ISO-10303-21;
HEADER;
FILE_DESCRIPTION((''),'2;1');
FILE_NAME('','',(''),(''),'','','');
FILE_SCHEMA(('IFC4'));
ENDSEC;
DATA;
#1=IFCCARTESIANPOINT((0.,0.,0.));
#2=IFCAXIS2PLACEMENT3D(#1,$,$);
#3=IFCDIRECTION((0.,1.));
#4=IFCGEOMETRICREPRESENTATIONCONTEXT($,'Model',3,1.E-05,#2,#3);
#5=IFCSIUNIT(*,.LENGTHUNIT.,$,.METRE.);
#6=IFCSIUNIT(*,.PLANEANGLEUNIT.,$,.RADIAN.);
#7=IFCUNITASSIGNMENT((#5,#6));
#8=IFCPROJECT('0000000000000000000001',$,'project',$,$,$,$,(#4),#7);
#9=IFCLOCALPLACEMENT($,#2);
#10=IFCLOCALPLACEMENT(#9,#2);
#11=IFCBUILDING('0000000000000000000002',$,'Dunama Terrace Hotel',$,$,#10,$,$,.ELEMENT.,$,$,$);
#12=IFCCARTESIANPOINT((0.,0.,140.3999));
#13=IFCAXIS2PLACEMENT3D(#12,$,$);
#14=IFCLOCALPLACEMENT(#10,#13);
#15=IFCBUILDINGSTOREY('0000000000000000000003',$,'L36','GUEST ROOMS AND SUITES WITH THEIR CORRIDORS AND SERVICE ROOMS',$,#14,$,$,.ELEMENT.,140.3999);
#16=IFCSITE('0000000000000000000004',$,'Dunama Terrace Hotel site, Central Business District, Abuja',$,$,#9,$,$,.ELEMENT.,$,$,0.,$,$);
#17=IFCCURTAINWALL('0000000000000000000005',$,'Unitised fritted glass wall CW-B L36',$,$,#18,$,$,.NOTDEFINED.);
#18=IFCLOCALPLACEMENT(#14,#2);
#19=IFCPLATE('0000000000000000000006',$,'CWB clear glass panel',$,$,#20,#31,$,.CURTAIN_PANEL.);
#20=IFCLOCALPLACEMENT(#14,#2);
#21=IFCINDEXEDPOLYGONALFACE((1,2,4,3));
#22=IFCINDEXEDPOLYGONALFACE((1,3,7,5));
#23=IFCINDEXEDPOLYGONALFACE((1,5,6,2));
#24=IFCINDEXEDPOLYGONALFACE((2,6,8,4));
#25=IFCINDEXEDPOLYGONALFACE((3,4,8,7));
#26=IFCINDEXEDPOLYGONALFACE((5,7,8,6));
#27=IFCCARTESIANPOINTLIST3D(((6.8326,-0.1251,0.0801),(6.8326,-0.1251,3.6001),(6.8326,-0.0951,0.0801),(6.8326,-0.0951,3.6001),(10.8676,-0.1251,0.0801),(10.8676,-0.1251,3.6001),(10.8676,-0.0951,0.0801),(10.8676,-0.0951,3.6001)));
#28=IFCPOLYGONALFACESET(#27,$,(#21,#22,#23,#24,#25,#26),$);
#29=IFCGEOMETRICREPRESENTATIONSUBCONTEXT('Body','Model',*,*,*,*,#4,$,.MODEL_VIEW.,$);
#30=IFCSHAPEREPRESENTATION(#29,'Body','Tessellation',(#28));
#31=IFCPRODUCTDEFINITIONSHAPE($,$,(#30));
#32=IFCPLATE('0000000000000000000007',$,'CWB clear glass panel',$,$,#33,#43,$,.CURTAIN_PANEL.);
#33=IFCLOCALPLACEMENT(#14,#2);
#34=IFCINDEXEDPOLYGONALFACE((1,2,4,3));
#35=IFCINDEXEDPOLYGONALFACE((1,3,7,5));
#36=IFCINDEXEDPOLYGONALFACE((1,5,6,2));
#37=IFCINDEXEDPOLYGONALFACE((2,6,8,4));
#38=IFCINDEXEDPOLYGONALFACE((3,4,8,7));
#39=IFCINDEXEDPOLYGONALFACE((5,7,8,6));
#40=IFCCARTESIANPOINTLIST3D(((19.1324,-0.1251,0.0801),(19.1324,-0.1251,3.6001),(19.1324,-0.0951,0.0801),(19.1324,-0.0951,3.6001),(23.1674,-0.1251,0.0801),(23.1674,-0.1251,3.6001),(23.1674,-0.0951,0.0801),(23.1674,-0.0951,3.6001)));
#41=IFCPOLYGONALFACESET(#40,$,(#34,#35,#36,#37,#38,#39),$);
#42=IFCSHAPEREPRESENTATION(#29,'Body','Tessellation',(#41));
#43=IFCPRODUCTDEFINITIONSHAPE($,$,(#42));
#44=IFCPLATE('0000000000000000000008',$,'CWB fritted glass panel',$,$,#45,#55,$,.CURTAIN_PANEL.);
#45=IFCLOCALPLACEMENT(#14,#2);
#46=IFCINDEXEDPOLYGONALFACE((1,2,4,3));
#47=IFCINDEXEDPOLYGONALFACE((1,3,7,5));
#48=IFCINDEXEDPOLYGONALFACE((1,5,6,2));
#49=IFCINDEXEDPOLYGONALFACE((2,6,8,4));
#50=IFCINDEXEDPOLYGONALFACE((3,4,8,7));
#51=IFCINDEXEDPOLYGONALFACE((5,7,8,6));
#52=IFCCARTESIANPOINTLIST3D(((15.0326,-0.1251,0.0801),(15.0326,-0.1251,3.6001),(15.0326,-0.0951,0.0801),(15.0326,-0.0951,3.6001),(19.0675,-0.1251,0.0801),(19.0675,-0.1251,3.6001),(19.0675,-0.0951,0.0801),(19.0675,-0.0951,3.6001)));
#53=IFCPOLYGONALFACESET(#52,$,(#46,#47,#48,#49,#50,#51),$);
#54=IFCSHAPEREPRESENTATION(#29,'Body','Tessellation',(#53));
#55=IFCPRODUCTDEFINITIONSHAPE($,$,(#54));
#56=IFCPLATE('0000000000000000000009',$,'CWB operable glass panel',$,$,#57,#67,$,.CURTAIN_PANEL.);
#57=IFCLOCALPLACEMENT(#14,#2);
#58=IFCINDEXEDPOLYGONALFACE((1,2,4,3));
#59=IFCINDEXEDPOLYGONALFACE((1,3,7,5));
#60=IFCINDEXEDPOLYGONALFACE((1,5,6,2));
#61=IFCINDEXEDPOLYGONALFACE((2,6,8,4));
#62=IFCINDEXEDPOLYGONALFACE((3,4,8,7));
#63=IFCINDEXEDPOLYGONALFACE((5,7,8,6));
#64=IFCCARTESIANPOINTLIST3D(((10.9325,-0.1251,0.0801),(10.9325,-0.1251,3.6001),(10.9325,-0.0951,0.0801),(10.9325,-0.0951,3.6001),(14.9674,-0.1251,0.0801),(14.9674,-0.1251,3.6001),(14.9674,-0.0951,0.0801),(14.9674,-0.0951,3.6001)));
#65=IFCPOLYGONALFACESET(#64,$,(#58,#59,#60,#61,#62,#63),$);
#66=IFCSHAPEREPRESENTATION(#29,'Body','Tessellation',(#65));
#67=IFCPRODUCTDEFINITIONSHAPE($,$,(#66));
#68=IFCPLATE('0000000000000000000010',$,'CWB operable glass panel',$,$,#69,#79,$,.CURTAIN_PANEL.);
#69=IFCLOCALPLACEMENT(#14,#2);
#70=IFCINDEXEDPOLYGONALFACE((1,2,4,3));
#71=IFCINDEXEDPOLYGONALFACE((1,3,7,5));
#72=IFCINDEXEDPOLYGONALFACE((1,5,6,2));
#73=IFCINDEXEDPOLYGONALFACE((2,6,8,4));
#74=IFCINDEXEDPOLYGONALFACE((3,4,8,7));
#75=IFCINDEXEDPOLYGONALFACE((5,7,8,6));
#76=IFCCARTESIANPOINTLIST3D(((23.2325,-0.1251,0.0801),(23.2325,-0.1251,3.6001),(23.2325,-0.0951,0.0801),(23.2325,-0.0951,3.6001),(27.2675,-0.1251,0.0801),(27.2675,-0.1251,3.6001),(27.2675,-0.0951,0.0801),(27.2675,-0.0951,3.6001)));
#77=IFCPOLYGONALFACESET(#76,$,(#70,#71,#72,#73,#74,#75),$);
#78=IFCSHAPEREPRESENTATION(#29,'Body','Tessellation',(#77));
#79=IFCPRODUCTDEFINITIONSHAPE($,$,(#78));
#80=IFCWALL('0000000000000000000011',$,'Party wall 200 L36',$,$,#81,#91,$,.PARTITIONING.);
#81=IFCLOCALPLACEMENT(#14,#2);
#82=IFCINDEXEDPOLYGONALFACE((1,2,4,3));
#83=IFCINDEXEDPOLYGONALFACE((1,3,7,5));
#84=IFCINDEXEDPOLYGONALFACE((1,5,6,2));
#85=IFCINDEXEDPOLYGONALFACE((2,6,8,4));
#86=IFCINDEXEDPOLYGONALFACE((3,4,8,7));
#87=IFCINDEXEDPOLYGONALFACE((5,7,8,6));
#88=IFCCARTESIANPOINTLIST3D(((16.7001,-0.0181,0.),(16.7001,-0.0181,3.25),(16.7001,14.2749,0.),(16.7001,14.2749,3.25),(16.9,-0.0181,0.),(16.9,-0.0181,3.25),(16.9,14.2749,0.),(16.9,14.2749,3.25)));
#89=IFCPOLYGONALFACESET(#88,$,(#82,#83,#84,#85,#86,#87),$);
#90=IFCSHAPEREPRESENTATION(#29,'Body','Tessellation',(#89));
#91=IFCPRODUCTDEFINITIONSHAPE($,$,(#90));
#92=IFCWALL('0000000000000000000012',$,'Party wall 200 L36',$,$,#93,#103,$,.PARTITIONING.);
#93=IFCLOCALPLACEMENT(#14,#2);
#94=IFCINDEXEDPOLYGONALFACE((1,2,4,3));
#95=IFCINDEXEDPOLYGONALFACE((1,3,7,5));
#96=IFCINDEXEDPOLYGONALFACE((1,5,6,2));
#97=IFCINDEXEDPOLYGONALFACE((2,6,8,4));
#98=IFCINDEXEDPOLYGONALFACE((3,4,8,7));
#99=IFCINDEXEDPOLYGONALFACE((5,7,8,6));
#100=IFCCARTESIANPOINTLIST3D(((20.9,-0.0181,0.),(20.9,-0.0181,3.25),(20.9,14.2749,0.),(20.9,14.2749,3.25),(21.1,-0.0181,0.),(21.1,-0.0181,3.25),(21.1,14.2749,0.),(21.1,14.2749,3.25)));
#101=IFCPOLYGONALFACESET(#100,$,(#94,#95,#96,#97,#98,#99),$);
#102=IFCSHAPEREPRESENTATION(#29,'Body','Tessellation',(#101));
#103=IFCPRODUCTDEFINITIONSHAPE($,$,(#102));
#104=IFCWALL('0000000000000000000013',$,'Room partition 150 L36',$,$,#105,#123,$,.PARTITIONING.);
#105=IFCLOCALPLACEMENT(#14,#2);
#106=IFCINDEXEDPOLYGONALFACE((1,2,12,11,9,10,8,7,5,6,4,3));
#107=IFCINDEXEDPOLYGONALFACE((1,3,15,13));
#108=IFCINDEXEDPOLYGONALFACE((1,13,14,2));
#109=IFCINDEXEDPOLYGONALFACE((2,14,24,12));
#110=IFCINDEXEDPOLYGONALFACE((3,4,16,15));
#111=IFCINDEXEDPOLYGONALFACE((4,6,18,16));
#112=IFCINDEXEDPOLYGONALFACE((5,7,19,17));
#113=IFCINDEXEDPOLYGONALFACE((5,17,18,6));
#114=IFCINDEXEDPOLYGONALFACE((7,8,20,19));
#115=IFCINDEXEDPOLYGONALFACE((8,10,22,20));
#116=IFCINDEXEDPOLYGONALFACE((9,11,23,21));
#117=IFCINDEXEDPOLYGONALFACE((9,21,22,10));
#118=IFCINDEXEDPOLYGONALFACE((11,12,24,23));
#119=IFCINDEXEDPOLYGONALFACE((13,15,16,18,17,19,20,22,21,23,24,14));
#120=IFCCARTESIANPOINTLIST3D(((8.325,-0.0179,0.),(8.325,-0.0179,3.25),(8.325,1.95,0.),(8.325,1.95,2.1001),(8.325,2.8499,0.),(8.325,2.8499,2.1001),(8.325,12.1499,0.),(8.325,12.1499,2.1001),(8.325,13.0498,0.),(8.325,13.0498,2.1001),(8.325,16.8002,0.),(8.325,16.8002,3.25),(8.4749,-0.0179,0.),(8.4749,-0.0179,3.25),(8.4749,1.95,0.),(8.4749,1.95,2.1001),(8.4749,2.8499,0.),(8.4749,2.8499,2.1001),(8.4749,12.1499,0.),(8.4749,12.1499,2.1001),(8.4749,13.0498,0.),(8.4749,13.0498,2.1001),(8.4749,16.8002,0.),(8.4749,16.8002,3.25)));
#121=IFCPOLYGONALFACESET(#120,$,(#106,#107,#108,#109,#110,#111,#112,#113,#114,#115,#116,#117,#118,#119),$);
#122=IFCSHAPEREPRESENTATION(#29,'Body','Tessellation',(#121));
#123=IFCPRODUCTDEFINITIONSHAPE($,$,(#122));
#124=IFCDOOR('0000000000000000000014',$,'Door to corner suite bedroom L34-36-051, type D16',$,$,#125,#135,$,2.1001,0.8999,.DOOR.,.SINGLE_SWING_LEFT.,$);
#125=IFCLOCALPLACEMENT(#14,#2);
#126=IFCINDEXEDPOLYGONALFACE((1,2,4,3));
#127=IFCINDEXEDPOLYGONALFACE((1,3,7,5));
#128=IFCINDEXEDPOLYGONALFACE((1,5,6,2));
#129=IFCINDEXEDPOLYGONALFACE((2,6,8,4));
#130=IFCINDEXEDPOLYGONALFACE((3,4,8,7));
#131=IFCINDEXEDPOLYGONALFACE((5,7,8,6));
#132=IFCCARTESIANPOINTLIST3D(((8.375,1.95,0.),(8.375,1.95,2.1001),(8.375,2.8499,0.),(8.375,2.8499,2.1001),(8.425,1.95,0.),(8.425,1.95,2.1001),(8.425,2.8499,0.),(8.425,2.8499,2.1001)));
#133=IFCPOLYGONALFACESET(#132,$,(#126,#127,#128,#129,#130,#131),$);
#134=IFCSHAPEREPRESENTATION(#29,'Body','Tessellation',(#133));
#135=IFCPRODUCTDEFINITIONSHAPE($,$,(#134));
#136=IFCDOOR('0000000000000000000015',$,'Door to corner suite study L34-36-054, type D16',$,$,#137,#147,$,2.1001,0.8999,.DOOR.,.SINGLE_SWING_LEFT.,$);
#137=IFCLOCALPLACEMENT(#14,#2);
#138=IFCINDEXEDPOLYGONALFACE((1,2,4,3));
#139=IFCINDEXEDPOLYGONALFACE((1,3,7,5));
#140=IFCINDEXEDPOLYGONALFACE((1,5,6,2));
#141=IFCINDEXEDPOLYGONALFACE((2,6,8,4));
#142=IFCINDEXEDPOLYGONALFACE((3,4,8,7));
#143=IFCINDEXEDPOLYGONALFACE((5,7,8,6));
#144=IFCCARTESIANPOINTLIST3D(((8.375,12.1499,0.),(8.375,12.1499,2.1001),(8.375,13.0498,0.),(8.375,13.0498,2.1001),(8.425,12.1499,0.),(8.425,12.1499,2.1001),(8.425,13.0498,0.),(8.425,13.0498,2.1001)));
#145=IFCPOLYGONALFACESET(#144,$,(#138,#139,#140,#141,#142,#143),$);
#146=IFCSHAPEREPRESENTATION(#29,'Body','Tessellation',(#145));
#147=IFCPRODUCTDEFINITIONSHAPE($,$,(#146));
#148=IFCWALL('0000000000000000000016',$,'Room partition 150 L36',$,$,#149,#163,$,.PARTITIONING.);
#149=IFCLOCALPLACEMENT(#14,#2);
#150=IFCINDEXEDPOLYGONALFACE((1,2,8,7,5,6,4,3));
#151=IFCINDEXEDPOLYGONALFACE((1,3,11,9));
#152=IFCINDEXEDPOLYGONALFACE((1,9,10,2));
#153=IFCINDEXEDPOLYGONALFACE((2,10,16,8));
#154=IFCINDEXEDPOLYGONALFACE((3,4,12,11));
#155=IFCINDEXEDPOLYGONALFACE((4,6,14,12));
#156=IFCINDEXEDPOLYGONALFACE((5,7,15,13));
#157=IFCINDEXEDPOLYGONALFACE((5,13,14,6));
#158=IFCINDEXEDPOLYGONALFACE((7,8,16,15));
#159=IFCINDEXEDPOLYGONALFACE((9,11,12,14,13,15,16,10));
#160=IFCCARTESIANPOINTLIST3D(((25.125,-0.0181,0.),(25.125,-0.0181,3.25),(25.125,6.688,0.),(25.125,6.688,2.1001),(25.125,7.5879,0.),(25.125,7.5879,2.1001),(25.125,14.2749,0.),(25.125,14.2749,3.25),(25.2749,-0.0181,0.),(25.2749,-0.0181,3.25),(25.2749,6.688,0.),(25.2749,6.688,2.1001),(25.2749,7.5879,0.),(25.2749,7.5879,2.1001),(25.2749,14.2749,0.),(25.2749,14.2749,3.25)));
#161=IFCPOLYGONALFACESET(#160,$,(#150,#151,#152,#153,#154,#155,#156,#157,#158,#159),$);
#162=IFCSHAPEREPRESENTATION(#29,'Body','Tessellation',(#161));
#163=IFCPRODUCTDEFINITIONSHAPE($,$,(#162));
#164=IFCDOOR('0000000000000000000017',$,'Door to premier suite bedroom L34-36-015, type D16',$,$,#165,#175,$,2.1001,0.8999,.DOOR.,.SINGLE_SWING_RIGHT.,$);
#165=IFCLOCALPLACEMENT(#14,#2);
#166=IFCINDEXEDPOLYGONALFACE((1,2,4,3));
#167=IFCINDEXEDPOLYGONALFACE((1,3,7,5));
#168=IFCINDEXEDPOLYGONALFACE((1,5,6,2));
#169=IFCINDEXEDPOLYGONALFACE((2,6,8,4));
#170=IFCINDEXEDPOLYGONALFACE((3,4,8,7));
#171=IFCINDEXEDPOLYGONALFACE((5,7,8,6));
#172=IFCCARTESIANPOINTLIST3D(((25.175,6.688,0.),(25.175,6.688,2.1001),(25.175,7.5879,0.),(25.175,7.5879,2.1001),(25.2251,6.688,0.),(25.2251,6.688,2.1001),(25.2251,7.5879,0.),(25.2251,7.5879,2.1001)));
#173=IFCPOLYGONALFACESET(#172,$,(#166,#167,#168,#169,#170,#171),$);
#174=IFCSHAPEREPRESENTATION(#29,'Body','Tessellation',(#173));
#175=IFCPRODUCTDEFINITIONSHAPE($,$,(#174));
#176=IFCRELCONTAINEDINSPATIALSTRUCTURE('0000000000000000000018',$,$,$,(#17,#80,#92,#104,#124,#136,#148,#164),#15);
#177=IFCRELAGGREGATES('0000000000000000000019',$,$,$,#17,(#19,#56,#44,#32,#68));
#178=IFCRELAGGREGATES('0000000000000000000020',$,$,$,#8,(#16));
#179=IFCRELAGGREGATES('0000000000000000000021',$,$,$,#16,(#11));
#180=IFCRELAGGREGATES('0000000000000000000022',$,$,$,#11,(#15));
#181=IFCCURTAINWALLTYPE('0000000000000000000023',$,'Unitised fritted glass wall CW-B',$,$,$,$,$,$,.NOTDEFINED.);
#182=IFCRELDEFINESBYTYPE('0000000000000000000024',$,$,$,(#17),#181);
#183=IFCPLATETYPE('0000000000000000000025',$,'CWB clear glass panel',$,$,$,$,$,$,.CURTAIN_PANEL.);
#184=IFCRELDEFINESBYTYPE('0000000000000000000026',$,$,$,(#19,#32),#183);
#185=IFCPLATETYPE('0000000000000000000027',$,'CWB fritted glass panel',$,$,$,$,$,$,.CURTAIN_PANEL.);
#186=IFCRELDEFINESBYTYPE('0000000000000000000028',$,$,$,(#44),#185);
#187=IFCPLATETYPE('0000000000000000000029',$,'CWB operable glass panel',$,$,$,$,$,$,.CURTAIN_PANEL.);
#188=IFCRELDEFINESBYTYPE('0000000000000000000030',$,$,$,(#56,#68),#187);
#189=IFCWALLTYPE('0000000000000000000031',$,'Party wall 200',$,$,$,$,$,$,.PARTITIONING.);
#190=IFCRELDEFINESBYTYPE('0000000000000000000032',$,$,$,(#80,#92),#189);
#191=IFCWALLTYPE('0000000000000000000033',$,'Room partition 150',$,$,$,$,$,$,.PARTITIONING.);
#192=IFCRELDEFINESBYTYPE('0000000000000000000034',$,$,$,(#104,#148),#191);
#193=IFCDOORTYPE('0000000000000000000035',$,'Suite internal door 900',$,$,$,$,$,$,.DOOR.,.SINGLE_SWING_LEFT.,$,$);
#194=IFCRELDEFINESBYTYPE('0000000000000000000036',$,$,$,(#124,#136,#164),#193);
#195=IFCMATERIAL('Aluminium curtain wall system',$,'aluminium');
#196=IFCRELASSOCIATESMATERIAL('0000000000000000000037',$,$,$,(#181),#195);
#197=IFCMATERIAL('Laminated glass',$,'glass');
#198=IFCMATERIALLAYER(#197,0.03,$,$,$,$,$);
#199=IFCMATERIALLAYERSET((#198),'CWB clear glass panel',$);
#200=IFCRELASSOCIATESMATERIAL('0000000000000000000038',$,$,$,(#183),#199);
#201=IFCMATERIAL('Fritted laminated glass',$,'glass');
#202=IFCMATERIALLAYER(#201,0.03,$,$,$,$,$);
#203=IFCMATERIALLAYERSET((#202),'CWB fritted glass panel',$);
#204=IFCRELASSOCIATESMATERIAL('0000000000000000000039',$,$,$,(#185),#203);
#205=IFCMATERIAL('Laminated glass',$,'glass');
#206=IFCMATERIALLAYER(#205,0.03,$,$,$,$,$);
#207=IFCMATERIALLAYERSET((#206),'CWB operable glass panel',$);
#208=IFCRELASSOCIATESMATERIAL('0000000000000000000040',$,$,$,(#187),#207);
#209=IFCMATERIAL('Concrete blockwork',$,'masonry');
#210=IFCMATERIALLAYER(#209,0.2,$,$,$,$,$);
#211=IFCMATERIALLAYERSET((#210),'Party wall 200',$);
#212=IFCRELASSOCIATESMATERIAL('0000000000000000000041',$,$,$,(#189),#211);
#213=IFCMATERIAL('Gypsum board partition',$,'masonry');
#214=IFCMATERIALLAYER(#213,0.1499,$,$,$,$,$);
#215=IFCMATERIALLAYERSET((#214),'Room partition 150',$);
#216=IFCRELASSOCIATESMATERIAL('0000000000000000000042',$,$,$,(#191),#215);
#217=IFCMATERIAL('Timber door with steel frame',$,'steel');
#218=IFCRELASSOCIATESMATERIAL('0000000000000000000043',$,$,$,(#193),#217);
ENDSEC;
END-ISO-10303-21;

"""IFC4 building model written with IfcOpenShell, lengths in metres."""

from ifc_helpers import new_model, si_unit, direction, frame, frame_2d, origin, origin_2d, place, context, subcontext, project, spatial, rectangle, extrude, material, layer, layer_set, type_object, element, fill, aggregate, save


model = new_model("IFC4")

# Units and contexts
model_context = context("Model", 3, precision=1e-05, world=origin(), true_north=direction((0.0, 1.0)))
body_context = subcontext(model_context, "Body", "Model", "MODEL_VIEW")
ifc_project = project(units=[si_unit("LENGTHUNIT", "METRE"), si_unit("PLANEANGLEUNIT", "RADIAN")], contexts=[model_context])

# Site, building, storey
site_placement = place(None, origin())
site = spatial("IfcSite", under=ifc_project, at=site_placement, Name="Dunama Terrace Hotel site, Central Business District, Abuja", CompositionType="ELEMENT", RefElevation=0.0)
building_placement = place(site_placement, origin())
building = spatial("IfcBuilding", under=site, at=building_placement, Name="Dunama Terrace Hotel", CompositionType="ELEMENT")
storey_placement = place(building_placement, frame((0.0, 0.0, 140.3999)))
storey = spatial("IfcBuildingStorey", under=building, at=storey_placement, Name="L36", Description="GUEST ROOMS AND SUITES WITH THEIR CORRIDORS AND SERVICE ROOMS", CompositionType="ELEMENT", Elevation=140.3999)

# Curtain wall
ifc_material_1 = material(Name="Aluminium curtain wall system", Category="aluminium")
curtain_wall_type = type_object("IfcCurtainWallType", Name="Unitised fritted glass wall CW-B", PredefinedType="NOTDEFINED", material=ifc_material_1)
curtain_wall_placement = place(storey_placement, origin())
curtain_wall = element("IfcCurtainWall", 1, at=curtain_wall_placement, inside=storey, type_object=curtain_wall_type, Name="Unitised fritted glass wall CW-B L36", PredefinedType="NOTDEFINED")

# Plates
ifc_material_2 = material(Name="Laminated glass", Category="glass")
ifc_layer_1 = layer(ifc_material_2, 0.03)
ifc_layer_set_1 = layer_set([ifc_layer_1], Name="CWB clear glass panel")
plate_type_1 = type_object("IfcPlateType", Name="CWB clear glass panel", PredefinedType="CURTAIN_PANEL", material=ifc_layer_set_1)
plate_1_placement = place(storey_placement, frame((8.8501, -0.1101, 0.0801), z_axis=(0.0, 0.0, 1.0), x_axis=(1.0, 0.0, 0.0)))
plate_1 = element("IfcPlate", 2, at=plate_1_placement, type_object=plate_type_1, Name="CWB clear glass panel", PredefinedType="CURTAIN_PANEL", context=body_context, shape_type="SweptSolid", body=[
    extrude(rectangle(XDim=4.0349, YDim=0.03, at=origin_2d()), origin(), (0.0, 0.0, 1.0), 3.52),
])
plate_2_placement = place(storey_placement, frame((21.1499, -0.1101, 0.0801), z_axis=(0.0, 0.0, 1.0), x_axis=(1.0, 0.0, 0.0)))
plate_2 = element("IfcPlate", 3, at=plate_2_placement, type_object=plate_type_1, Name="CWB clear glass panel", PredefinedType="CURTAIN_PANEL", context=body_context, shape_type="SweptSolid", body=[
    extrude(rectangle(XDim=4.0349, YDim=0.03, at=origin_2d()), origin(), (0.0, 0.0, 1.0), 3.52),
])
ifc_material_3 = material(Name="Fritted laminated glass", Category="glass")
ifc_layer_2 = layer(ifc_material_3, 0.03)
ifc_layer_set_2 = layer_set([ifc_layer_2], Name="CWB fritted glass panel")
plate_type_2 = type_object("IfcPlateType", Name="CWB fritted glass panel", PredefinedType="CURTAIN_PANEL", material=ifc_layer_set_2)
plate_3_placement = place(storey_placement, frame((17.05, -0.1101, 0.0801), z_axis=(0.0, 0.0, 1.0), x_axis=(1.0, 0.0, 0.0)))
plate_3 = element("IfcPlate", 4, at=plate_3_placement, type_object=plate_type_2, Name="CWB fritted glass panel", PredefinedType="CURTAIN_PANEL", context=body_context, shape_type="SweptSolid", body=[
    extrude(rectangle(XDim=4.0349, YDim=0.03, at=origin_2d()), origin(), (0.0, 0.0, 1.0), 3.52),
])
ifc_material_4 = material(Name="Laminated glass", Category="glass")
ifc_layer_3 = layer(ifc_material_4, 0.03)
ifc_layer_set_3 = layer_set([ifc_layer_3], Name="CWB operable glass panel")
plate_type_3 = type_object("IfcPlateType", Name="CWB operable glass panel", PredefinedType="CURTAIN_PANEL", material=ifc_layer_set_3)
plate_4_placement = place(storey_placement, frame((12.95, -0.1101, 0.0801), z_axis=(0.0, 0.0, 1.0), x_axis=(1.0, 0.0, 0.0)))
plate_4 = element("IfcPlate", 5, at=plate_4_placement, type_object=plate_type_3, Name="CWB operable glass panel", PredefinedType="CURTAIN_PANEL", context=body_context, shape_type="SweptSolid", body=[
    extrude(rectangle(XDim=4.0349, YDim=0.03, at=origin_2d()), origin(), (0.0, 0.0, 1.0), 3.52),
])
plate_5_placement = place(storey_placement, frame((25.25, -0.1101, 0.0801), z_axis=(0.0, 0.0, 1.0), x_axis=(1.0, 0.0, 0.0)))
plate_5 = element("IfcPlate", 6, at=plate_5_placement, type_object=plate_type_3, Name="CWB operable glass panel", PredefinedType="CURTAIN_PANEL", context=body_context, shape_type="SweptSolid", body=[
    extrude(rectangle(XDim=4.0349, YDim=0.03, at=origin_2d()), origin(), (0.0, 0.0, 1.0), 3.52),
])
aggregate(curtain_wall, [plate_1, plate_4, plate_3, plate_2, plate_5])

# Walls
ifc_material_5 = material(Name="Concrete blockwork", Category="masonry")
ifc_layer_4 = layer(ifc_material_5, 0.2)
ifc_layer_set_4 = layer_set([ifc_layer_4], Name="Party wall 200")
wall_type_1 = type_object("IfcWallType", Name="Party wall 200", PredefinedType="PARTITIONING", material=ifc_layer_set_4)
for number, where, z_axis, x_axis, name in (
    (7, (16.8, -0.0181, 0.0), (0.0, 0.0, 1.0), (0.0, 1.0, 0.0), "Party wall 200 L36"),
    (8, (21.0, -0.0181, 0.0), (0.0, 0.0, 1.0), (0.0, 1.0, 0.0), "Party wall 200 L36"),
):
    element("IfcWall", number, at=place(storey_placement, frame(where, z_axis=z_axis, x_axis=x_axis)), inside=storey, type_object=wall_type_1, Name=name, PredefinedType="PARTITIONING", context=body_context, shape_type="SweptSolid", body=[
        extrude(rectangle(XDim=14.293, YDim=0.2, at=frame_2d((7.1465, 0.0))), origin(), (0.0, 0.0, 1.0), 3.25),
    ])

# Wall, openings, doors
ifc_material_6 = material(Name="Gypsum board partition", Category="masonry")
ifc_layer_5 = layer(ifc_material_6, 0.1499)
ifc_layer_set_5 = layer_set([ifc_layer_5], Name="Room partition 150")
wall_type_2 = type_object("IfcWallType", Name="Room partition 150", PredefinedType="PARTITIONING", material=ifc_layer_set_5)
wall_1_placement = place(storey_placement, frame((8.3999, -0.0181, 0.0), z_axis=(0.0, 0.0, 1.0), x_axis=(0.0, 1.0, 0.0)))
wall_1 = element("IfcWall", 9, at=wall_1_placement, inside=storey, type_object=wall_type_2, Name="Room partition 150 L36", PredefinedType="PARTITIONING", context=body_context, shape_type="SweptSolid", body=[
    extrude(rectangle(XDim=16.8181, YDim=0.1499, at=frame_2d((8.4092, 0.0))), origin(), (0.0, 0.0, 1.0), 3.25),
])
opening_1_placement = place(wall_1_placement, frame((1.968, 0.0, 0.0)))
opening_1 = element("IfcOpeningElement", 10, at=opening_1_placement, cuts=wall_1, PredefinedType="OPENING", context=body_context, shape_type="SweptSolid", body=[
    extrude(rectangle(XDim=0.8999, YDim=2.1001, at=frame_2d((0.45, 1.05))), frame((0.0, 0.085, 0.0), z_axis=(0.0, -1.0, 0.0), x_axis=(1.0, 0.0, 0.0)), (0.0, 0.0, 1.0), 0.1699),
])
opening_2_placement = place(wall_1_placement, frame((12.168, 0.0, 0.0)))
opening_2 = element("IfcOpeningElement", 11, at=opening_2_placement, cuts=wall_1, PredefinedType="OPENING", context=body_context, shape_type="SweptSolid", body=[
    extrude(rectangle(XDim=0.8999, YDim=2.1001, at=frame_2d((0.45, 1.05))), frame((0.0, 0.085, 0.0), z_axis=(0.0, -1.0, 0.0), x_axis=(1.0, 0.0, 0.0)), (0.0, 0.0, 1.0), 0.1699),
])
ifc_material_7 = material(Name="Timber door with steel frame", Category="steel")
door_type = type_object("IfcDoorType", Name="Suite internal door 900", OperationType="SINGLE_SWING_LEFT", PredefinedType="DOOR", material=ifc_material_7)
door_1_placement = place(opening_1_placement, origin())
door_1 = element("IfcDoor", 12, at=door_1_placement, inside=storey, type_object=door_type, Name="Door to corner suite bedroom L34-36-051, type D16", OperationType="SINGLE_SWING_LEFT", OverallHeight=2.1001, OverallWidth=0.8999, PredefinedType="DOOR", context=body_context, shape_type="SweptSolid", body=[
    extrude(rectangle(XDim=0.8999, YDim=2.1001, at=frame_2d((0.45, 1.05))), frame((0.0, 0.0249, 0.0), z_axis=(0.0, -1.0, 0.0), x_axis=(1.0, 0.0, 0.0)), (0.0, 0.0, 1.0), 0.05),
])
fill(opening_1, door_1)
door_2_placement = place(opening_2_placement, origin())
door_2 = element("IfcDoor", 13, at=door_2_placement, inside=storey, type_object=door_type, Name="Door to corner suite study L34-36-054, type D16", OperationType="SINGLE_SWING_LEFT", OverallHeight=2.1001, OverallWidth=0.8999, PredefinedType="DOOR", context=body_context, shape_type="SweptSolid", body=[
    extrude(rectangle(XDim=0.8999, YDim=2.1001, at=frame_2d((0.45, 1.05))), frame((0.0, 0.0249, 0.0), z_axis=(0.0, -1.0, 0.0), x_axis=(1.0, 0.0, 0.0)), (0.0, 0.0, 1.0), 0.05),
])
fill(opening_2, door_2)

# Wall, opening, door
wall_2_placement = place(storey_placement, frame((25.2, -0.0181, 0.0), z_axis=(0.0, 0.0, 1.0), x_axis=(0.0, 1.0, 0.0)))
wall_2 = element("IfcWall", 14, at=wall_2_placement, inside=storey, type_object=wall_type_2, Name="Room partition 150 L36", PredefinedType="PARTITIONING", context=body_context, shape_type="SweptSolid", body=[
    extrude(rectangle(XDim=14.293, YDim=0.1499, at=frame_2d((7.1465, 0.0))), origin(), (0.0, 0.0, 1.0), 3.25),
])
opening_3_placement = place(wall_2_placement, frame((6.7061, 0.0, 0.0)))
opening_3 = element("IfcOpeningElement", 15, at=opening_3_placement, cuts=wall_2, PredefinedType="OPENING", context=body_context, shape_type="SweptSolid", body=[
    extrude(rectangle(XDim=0.8999, YDim=2.1001, at=frame_2d((0.45, 1.05))), frame((0.0, 0.085, 0.0), z_axis=(0.0, -1.0, 0.0), x_axis=(1.0, 0.0, 0.0)), (0.0, 0.0, 1.0), 0.1699),
])
door_3_placement = place(opening_3_placement, frame((0.8999, 0.0, 0.0), z_axis=(0.0, 0.0, 1.0), x_axis=(-1.0, 0.0, 0.0)))
door_3 = element("IfcDoor", 16, at=door_3_placement, inside=storey, type_object=door_type, Name="Door to premier suite bedroom L34-36-015, type D16", OperationType="SINGLE_SWING_RIGHT", OverallHeight=2.1001, OverallWidth=0.8999, PredefinedType="DOOR", context=body_context, shape_type="SweptSolid", body=[
    extrude(rectangle(XDim=0.8999, YDim=2.1001, at=frame_2d((0.45, 1.05))), frame((0.0, 0.0251, 0.0), z_axis=(0.0, -1.0, 0.0), x_axis=(1.0, 0.0, 0.0)), (0.0, 0.0, 1.0), 0.05),
])
fill(opening_3, door_3)

save(model, "model.ifc")
